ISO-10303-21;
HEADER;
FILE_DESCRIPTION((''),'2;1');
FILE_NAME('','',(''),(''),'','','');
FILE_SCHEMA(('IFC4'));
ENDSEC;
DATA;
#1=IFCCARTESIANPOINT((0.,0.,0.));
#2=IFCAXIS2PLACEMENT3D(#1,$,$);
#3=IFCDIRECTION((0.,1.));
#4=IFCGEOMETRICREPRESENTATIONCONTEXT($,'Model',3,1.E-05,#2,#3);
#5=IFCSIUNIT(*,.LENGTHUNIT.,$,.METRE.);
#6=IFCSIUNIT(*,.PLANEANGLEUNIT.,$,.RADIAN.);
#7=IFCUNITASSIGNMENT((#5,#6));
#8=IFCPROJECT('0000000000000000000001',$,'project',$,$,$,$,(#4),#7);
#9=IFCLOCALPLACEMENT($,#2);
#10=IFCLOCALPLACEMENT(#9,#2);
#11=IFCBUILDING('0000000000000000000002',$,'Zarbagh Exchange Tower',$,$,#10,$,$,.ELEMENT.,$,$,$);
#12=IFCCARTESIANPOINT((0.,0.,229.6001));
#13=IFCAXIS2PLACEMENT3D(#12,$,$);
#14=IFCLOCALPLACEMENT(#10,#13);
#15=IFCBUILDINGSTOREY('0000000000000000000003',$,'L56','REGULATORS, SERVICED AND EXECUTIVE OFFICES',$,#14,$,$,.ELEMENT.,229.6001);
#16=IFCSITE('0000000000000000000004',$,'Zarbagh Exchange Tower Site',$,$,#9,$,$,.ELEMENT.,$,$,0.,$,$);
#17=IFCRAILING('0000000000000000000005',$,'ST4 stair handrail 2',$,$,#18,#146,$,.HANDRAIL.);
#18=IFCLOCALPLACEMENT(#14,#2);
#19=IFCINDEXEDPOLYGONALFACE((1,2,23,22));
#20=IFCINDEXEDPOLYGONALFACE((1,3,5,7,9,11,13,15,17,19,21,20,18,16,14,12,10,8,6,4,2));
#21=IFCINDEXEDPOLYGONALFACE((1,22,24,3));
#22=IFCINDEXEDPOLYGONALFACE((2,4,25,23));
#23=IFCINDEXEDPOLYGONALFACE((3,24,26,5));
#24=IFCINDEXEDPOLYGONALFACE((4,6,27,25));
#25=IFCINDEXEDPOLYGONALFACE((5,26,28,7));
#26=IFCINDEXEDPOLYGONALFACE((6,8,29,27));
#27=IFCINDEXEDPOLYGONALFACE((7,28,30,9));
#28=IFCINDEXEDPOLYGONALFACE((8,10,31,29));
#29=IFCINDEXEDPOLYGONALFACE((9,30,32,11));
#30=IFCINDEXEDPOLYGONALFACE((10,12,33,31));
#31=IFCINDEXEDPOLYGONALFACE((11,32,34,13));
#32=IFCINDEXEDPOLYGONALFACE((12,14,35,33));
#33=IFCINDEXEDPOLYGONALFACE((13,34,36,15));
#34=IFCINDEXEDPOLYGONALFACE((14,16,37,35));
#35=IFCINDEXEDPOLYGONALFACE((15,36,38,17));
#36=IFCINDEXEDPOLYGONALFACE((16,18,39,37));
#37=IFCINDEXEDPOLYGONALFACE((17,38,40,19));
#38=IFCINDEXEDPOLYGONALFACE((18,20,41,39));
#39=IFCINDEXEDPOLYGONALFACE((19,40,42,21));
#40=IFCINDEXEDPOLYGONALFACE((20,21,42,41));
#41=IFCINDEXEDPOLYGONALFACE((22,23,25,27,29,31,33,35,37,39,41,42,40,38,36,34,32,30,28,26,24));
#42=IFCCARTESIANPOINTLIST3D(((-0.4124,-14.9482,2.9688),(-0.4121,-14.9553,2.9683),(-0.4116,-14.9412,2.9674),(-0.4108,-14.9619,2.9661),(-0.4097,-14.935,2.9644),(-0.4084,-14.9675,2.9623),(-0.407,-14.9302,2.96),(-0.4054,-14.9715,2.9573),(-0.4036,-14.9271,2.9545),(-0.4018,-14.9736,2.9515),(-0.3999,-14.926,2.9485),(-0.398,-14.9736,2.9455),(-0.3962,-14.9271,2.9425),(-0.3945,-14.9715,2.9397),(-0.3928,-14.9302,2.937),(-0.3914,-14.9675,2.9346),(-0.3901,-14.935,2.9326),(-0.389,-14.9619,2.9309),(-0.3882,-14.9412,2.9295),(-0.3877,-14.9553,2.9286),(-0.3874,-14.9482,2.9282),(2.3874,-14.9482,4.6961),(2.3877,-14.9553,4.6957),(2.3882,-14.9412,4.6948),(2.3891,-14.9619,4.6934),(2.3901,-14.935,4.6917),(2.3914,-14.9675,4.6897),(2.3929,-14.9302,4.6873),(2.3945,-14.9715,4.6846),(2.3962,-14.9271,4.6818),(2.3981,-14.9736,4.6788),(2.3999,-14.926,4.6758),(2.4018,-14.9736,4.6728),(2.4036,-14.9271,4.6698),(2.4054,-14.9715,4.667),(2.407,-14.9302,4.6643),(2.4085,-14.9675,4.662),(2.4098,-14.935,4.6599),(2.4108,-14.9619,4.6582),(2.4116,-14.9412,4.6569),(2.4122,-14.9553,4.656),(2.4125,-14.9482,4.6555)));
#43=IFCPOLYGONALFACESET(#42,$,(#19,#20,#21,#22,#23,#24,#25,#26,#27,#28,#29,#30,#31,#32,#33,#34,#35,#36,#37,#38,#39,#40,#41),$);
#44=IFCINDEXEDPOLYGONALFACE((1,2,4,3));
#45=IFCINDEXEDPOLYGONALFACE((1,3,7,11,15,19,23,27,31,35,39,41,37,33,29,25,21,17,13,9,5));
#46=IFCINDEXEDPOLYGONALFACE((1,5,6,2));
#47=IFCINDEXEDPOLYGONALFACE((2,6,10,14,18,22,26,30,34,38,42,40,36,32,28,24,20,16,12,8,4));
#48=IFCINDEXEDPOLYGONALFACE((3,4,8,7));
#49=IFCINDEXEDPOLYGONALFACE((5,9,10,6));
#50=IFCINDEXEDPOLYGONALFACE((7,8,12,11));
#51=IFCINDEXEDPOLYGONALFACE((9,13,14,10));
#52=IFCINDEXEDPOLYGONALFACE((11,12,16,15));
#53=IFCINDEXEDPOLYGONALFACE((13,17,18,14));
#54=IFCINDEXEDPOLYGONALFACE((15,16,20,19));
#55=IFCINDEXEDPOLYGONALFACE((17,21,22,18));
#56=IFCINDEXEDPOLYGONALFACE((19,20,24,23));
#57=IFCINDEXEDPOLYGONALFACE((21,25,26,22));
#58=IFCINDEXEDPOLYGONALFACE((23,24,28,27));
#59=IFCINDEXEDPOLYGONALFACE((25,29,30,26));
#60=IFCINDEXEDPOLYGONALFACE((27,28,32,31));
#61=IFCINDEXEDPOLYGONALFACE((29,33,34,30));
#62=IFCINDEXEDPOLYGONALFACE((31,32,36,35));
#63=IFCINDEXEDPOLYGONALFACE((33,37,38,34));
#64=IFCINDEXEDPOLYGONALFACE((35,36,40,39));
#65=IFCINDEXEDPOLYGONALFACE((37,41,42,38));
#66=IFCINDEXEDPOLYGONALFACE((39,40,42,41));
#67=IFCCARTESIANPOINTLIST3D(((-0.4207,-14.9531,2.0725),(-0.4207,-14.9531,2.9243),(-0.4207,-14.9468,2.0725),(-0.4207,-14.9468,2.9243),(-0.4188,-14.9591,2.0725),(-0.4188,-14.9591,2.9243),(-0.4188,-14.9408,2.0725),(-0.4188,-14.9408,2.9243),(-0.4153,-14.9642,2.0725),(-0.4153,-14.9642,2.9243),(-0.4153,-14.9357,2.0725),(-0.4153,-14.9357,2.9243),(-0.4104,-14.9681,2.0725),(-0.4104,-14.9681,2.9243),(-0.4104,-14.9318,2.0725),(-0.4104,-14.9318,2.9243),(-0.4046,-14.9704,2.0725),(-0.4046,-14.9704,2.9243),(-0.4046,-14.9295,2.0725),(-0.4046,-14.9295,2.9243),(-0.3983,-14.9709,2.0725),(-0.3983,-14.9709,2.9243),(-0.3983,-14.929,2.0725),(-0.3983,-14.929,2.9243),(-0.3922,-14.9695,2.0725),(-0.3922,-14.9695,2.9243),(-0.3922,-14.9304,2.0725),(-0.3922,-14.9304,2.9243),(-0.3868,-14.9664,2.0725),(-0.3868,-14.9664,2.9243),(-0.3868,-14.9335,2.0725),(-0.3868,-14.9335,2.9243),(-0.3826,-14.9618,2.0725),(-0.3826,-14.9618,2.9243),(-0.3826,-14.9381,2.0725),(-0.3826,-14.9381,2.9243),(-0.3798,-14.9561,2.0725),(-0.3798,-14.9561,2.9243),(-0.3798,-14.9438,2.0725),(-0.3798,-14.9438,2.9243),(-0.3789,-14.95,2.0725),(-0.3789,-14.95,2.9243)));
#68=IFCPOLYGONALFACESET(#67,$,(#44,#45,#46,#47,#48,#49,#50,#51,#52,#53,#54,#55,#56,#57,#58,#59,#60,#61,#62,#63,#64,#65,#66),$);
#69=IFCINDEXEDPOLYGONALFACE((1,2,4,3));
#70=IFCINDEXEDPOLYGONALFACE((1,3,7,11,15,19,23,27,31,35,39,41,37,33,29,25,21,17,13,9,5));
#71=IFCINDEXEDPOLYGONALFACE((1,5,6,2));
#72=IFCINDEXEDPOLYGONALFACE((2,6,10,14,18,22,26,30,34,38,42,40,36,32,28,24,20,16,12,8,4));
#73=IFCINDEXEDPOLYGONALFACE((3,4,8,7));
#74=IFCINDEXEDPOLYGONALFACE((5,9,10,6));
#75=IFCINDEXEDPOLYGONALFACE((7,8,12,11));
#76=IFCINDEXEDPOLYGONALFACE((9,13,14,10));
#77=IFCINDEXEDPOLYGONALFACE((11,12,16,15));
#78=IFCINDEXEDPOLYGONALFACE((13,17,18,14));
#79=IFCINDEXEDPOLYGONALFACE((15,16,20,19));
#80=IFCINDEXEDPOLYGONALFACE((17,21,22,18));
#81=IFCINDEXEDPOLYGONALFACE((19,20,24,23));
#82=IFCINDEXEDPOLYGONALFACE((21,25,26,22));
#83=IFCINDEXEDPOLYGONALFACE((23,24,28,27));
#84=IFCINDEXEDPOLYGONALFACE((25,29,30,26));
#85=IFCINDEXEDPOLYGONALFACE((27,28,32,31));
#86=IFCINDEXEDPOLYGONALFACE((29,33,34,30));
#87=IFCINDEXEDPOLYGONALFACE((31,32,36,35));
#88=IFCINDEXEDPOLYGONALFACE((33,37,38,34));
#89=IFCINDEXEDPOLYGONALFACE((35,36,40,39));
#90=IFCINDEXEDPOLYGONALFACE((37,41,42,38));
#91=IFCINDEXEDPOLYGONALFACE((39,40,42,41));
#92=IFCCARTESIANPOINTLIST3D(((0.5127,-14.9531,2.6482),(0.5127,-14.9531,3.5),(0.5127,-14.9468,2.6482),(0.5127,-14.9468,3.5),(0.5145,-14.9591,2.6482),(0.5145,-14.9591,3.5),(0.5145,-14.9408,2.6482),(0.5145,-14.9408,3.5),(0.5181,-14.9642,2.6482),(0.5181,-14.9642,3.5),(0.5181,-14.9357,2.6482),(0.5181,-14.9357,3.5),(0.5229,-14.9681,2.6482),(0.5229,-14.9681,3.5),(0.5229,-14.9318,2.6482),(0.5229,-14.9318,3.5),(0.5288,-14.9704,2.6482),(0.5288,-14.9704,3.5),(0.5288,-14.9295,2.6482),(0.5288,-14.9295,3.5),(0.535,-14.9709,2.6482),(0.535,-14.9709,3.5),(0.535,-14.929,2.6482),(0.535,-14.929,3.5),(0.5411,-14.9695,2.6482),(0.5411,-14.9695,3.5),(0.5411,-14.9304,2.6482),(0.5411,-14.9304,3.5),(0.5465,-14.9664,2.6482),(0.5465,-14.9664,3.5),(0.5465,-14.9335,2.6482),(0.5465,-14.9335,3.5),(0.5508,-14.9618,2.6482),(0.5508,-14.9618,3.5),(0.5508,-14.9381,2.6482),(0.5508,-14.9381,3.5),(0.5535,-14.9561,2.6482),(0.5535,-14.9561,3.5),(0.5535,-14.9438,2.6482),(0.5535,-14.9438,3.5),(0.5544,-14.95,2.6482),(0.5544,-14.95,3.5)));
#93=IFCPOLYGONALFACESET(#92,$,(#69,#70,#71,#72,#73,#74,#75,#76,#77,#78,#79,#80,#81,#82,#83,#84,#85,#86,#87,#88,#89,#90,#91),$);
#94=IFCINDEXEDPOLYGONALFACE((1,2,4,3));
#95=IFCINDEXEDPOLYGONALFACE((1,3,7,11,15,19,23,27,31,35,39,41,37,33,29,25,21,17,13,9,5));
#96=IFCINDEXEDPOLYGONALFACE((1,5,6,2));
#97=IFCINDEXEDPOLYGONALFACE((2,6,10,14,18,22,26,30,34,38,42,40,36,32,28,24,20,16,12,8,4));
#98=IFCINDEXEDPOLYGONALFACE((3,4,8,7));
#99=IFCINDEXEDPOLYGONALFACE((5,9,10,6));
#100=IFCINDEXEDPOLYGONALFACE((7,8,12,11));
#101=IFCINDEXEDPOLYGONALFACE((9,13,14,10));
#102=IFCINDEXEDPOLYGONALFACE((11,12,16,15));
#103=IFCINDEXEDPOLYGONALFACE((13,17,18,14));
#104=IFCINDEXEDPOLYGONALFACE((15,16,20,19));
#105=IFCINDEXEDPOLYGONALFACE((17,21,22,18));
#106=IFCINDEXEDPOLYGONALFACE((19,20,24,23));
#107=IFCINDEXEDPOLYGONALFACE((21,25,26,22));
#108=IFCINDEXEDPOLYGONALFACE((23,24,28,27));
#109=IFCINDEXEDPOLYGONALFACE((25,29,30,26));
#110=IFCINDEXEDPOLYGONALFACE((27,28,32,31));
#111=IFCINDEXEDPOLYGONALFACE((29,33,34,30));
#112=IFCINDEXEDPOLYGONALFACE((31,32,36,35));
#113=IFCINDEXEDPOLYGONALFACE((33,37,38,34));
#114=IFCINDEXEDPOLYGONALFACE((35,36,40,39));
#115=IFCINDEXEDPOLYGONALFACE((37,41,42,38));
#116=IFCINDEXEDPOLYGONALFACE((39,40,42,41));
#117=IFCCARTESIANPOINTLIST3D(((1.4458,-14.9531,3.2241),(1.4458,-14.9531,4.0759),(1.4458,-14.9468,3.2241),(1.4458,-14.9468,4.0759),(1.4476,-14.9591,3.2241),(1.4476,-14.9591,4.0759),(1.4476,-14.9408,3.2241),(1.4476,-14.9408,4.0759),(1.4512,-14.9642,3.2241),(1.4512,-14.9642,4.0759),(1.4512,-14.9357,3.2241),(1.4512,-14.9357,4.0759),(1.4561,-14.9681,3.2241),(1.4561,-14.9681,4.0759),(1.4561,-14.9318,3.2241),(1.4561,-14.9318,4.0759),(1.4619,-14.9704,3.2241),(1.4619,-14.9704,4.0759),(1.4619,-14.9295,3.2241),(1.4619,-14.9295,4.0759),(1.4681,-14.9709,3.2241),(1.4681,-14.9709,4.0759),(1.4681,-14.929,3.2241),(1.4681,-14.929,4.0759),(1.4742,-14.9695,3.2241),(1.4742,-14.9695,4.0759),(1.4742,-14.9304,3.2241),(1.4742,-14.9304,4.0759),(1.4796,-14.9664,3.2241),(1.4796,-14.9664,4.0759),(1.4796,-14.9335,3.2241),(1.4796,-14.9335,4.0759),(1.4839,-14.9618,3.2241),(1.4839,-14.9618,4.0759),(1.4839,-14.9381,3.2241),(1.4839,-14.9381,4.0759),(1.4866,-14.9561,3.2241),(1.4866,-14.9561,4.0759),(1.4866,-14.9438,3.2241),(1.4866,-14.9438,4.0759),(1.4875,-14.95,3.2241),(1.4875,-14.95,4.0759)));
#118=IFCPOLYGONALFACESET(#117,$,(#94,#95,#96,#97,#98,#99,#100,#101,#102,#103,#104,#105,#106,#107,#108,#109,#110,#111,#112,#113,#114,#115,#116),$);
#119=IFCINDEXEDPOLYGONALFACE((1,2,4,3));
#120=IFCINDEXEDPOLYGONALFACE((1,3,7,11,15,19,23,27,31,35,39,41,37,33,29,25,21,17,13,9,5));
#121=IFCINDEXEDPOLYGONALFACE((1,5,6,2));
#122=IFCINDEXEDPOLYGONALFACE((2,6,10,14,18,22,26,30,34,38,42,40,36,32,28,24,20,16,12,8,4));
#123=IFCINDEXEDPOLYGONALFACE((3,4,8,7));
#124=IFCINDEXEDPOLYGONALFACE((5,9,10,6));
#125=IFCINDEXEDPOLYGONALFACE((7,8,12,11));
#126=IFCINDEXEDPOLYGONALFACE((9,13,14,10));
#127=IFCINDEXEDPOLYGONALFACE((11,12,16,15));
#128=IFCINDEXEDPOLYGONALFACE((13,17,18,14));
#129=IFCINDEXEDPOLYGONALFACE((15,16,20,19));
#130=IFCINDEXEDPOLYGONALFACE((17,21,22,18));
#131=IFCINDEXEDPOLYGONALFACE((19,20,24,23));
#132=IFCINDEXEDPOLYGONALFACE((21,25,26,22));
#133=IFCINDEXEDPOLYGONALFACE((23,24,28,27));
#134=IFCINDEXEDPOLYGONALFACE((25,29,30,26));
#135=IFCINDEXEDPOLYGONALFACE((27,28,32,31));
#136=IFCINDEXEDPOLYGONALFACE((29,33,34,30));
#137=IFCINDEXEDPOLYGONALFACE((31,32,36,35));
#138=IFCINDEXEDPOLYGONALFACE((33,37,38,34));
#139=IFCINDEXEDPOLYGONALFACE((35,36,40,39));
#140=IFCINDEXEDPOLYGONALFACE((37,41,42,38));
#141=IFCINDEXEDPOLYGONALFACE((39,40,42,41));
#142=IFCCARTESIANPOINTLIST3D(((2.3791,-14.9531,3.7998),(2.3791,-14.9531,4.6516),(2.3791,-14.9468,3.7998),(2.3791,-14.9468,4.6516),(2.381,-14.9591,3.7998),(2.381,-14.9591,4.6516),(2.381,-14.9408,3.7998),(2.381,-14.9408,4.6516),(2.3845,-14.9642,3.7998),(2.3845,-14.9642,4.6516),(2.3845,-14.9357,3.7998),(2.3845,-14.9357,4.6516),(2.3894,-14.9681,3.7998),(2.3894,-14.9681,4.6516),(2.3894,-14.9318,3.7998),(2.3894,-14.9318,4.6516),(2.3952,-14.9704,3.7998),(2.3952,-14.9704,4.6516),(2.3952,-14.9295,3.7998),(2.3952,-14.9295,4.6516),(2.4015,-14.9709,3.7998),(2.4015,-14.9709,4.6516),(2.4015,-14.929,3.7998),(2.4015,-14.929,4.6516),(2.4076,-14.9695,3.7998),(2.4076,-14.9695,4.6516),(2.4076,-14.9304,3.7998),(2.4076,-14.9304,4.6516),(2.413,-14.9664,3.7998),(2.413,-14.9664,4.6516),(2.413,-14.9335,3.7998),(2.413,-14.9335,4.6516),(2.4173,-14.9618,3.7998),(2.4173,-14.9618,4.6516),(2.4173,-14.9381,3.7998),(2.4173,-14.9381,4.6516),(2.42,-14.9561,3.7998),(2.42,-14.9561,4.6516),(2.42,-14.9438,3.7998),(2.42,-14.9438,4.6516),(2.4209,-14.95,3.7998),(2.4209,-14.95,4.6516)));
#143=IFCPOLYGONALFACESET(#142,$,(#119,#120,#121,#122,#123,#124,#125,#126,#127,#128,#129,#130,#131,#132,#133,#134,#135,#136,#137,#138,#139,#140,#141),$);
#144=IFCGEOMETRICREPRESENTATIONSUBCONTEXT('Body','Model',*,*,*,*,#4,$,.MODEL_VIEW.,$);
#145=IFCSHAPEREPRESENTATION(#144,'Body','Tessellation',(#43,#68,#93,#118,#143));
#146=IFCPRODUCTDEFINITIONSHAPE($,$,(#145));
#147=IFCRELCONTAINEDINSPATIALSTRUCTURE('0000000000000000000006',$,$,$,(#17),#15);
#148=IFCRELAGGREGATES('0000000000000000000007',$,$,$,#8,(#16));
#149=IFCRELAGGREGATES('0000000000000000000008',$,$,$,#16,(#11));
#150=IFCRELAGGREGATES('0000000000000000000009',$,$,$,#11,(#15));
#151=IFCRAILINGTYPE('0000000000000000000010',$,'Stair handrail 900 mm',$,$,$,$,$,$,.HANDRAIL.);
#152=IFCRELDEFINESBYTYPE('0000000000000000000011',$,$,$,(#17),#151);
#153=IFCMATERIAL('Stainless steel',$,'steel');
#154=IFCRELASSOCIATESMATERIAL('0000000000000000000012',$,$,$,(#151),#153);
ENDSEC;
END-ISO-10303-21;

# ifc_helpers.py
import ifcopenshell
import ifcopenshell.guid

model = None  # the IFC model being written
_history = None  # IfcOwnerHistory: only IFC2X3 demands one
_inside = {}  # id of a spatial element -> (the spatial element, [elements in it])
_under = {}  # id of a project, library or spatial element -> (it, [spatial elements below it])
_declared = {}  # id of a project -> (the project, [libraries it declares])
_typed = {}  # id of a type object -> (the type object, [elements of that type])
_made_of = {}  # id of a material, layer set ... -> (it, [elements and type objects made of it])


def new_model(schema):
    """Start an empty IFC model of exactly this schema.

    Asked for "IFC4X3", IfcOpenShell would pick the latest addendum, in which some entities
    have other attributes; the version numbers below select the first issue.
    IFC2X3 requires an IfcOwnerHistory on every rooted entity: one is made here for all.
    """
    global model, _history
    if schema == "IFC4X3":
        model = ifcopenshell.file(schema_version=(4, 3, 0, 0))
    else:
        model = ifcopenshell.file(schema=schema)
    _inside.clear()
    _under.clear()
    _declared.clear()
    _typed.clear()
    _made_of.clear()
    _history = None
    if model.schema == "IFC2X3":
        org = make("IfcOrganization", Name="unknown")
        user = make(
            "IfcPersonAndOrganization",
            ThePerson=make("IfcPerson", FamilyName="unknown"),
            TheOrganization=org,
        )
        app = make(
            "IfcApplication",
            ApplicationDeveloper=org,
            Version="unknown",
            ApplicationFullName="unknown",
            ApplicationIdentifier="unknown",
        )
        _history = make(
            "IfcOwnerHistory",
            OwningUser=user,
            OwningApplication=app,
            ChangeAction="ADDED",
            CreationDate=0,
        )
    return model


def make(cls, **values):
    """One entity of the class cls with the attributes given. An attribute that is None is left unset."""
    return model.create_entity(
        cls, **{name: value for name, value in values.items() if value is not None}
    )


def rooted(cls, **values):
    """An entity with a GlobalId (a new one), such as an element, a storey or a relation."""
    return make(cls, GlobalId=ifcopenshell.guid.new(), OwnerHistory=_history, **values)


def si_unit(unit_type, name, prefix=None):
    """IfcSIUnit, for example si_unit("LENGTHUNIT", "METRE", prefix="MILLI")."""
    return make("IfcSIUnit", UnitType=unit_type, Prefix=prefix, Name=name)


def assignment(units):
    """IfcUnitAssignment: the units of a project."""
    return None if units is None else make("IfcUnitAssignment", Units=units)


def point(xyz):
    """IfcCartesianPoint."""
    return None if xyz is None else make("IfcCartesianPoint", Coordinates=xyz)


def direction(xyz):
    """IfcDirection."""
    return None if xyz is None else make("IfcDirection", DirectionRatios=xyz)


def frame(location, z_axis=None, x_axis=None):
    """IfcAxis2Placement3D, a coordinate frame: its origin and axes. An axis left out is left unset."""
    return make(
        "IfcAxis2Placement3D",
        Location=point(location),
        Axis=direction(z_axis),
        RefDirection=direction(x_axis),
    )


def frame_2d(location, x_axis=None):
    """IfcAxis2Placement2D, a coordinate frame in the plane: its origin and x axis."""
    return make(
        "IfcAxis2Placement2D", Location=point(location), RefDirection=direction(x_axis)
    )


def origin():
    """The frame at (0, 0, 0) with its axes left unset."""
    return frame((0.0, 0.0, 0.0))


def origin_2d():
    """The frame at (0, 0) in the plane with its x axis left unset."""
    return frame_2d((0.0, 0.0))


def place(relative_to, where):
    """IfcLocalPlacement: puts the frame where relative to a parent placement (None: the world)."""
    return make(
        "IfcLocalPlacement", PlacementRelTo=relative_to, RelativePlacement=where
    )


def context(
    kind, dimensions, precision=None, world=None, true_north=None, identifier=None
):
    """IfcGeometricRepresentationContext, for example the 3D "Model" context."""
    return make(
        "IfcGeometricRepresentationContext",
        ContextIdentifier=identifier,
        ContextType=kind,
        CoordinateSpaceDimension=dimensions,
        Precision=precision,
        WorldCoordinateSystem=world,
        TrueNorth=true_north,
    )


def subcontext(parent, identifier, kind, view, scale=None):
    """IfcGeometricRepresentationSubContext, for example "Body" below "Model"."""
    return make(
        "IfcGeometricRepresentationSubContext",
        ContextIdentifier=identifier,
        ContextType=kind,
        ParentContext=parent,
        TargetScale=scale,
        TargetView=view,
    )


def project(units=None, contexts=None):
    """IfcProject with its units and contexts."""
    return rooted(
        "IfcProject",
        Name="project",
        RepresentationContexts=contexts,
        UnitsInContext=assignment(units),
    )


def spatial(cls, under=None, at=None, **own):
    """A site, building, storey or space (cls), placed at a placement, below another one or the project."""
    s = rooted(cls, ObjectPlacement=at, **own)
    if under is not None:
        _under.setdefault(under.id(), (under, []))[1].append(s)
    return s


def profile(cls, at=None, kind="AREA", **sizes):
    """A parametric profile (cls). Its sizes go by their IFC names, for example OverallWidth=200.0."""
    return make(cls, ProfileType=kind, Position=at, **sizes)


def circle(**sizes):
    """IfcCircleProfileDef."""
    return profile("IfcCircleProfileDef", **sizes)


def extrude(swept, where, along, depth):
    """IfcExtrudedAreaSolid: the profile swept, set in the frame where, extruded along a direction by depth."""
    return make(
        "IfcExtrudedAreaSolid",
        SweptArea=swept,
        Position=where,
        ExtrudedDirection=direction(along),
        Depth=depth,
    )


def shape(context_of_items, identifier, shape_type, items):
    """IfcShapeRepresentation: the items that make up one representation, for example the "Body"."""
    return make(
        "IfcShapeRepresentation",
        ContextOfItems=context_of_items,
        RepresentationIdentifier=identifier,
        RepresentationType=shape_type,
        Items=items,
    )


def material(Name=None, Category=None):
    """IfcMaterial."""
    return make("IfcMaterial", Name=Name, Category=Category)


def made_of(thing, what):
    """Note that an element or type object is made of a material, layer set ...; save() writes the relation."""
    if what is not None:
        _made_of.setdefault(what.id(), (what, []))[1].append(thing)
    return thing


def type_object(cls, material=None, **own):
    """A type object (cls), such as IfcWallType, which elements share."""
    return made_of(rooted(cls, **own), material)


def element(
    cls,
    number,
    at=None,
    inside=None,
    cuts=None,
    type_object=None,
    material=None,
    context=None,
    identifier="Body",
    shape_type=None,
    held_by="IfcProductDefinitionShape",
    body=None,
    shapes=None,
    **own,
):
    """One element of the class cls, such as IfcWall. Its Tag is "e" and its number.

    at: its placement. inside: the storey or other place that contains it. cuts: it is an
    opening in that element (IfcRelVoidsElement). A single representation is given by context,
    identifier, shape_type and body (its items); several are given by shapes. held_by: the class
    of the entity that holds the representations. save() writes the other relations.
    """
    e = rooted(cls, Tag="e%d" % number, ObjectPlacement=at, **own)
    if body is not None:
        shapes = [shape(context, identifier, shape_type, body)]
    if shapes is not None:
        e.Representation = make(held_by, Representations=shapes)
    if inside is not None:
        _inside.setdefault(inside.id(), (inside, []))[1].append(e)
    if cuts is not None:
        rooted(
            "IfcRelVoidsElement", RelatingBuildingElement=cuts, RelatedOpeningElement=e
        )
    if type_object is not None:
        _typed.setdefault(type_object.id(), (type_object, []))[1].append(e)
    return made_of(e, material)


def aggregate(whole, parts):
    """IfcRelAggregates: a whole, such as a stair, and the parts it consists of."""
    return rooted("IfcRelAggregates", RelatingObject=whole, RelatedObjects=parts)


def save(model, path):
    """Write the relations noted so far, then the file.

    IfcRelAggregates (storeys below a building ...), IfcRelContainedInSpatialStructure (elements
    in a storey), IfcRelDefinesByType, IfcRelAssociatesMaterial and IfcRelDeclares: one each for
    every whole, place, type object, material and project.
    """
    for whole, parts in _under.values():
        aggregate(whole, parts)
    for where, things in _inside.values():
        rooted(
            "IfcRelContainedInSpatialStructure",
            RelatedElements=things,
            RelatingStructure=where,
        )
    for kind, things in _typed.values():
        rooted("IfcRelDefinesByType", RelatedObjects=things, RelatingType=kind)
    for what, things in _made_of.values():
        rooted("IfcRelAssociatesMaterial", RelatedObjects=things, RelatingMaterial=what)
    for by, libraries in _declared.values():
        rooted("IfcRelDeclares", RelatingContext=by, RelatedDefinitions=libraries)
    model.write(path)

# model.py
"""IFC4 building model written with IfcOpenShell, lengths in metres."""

from ifc_helpers import new_model, si_unit, direction, frame, origin, origin_2d, place, context, subcontext, project, spatial, circle, extrude, material, type_object, element, save


model = new_model("IFC4")

# Units and contexts
model_context = context("Model", 3, precision=1e-05, world=origin(), true_north=direction((0.0, 1.0)))
body_context = subcontext(model_context, "Body", "Model", "MODEL_VIEW")
ifc_project = project(units=[si_unit("LENGTHUNIT", "METRE"), si_unit("PLANEANGLEUNIT", "RADIAN")], contexts=[model_context])

# Site, building, storey
site_placement = place(None, origin())
site = spatial("IfcSite", under=ifc_project, at=site_placement, Name="Zarbagh Exchange Tower Site", CompositionType="ELEMENT", RefElevation=0.0)
building_placement = place(site_placement, origin())
building = spatial("IfcBuilding", under=site, at=building_placement, Name="Zarbagh Exchange Tower", CompositionType="ELEMENT")
storey_placement = place(building_placement, frame((0.0, 0.0, 229.6001)))
storey = spatial("IfcBuildingStorey", under=building, at=storey_placement, Name="L56", Description="REGULATORS, SERVICED AND EXECUTIVE OFFICES", CompositionType="ELEMENT", Elevation=229.6001)

# Shared definitions
ifc_material_1 = material(Name="Stainless steel", Category="steel")

# Railing
railing_type = type_object("IfcRailingType", Name="Stair handrail 900 mm", PredefinedType="HANDRAIL", material=ifc_material_1)
railing_placement = place(storey_placement, frame((-0.3999, -14.95, 2.0725)))
element("IfcRailing", 1, at=railing_placement, inside=storey, type_object=railing_type, Name="ST4 stair handrail 2", PredefinedType="HANDRAIL", context=body_context, shape_type="SweptSolid", body=[
    extrude(circle(Radius=0.0239, at=origin_2d()), frame((0.0, 0.0, 0.876), z_axis=(0.851069, 0.0, 0.525054), x_axis=(0.0, 1.0, 0.0)), (0.0, 0.0, 1.0), 3.2898),
    extrude(circle(Radius=0.021, at=origin_2d()), origin(), (0.0, 0.0, 1.0), 0.8518),
    extrude(circle(Radius=0.021, at=origin_2d()), frame((0.9333, 0.0, 0.5757)), (0.0, 0.0, 1.0), 0.8518),
    extrude(circle(Radius=0.021, at=origin_2d()), frame((1.8665, 0.0, 1.1516)), (0.0, 0.0, 1.0), 0.8518),
    extrude(circle(Radius=0.021, at=origin_2d()), frame((2.7998, 0.0, 1.7273)), (0.0, 0.0, 1.0), 0.8518),
])

save(model, "model.ifc")
